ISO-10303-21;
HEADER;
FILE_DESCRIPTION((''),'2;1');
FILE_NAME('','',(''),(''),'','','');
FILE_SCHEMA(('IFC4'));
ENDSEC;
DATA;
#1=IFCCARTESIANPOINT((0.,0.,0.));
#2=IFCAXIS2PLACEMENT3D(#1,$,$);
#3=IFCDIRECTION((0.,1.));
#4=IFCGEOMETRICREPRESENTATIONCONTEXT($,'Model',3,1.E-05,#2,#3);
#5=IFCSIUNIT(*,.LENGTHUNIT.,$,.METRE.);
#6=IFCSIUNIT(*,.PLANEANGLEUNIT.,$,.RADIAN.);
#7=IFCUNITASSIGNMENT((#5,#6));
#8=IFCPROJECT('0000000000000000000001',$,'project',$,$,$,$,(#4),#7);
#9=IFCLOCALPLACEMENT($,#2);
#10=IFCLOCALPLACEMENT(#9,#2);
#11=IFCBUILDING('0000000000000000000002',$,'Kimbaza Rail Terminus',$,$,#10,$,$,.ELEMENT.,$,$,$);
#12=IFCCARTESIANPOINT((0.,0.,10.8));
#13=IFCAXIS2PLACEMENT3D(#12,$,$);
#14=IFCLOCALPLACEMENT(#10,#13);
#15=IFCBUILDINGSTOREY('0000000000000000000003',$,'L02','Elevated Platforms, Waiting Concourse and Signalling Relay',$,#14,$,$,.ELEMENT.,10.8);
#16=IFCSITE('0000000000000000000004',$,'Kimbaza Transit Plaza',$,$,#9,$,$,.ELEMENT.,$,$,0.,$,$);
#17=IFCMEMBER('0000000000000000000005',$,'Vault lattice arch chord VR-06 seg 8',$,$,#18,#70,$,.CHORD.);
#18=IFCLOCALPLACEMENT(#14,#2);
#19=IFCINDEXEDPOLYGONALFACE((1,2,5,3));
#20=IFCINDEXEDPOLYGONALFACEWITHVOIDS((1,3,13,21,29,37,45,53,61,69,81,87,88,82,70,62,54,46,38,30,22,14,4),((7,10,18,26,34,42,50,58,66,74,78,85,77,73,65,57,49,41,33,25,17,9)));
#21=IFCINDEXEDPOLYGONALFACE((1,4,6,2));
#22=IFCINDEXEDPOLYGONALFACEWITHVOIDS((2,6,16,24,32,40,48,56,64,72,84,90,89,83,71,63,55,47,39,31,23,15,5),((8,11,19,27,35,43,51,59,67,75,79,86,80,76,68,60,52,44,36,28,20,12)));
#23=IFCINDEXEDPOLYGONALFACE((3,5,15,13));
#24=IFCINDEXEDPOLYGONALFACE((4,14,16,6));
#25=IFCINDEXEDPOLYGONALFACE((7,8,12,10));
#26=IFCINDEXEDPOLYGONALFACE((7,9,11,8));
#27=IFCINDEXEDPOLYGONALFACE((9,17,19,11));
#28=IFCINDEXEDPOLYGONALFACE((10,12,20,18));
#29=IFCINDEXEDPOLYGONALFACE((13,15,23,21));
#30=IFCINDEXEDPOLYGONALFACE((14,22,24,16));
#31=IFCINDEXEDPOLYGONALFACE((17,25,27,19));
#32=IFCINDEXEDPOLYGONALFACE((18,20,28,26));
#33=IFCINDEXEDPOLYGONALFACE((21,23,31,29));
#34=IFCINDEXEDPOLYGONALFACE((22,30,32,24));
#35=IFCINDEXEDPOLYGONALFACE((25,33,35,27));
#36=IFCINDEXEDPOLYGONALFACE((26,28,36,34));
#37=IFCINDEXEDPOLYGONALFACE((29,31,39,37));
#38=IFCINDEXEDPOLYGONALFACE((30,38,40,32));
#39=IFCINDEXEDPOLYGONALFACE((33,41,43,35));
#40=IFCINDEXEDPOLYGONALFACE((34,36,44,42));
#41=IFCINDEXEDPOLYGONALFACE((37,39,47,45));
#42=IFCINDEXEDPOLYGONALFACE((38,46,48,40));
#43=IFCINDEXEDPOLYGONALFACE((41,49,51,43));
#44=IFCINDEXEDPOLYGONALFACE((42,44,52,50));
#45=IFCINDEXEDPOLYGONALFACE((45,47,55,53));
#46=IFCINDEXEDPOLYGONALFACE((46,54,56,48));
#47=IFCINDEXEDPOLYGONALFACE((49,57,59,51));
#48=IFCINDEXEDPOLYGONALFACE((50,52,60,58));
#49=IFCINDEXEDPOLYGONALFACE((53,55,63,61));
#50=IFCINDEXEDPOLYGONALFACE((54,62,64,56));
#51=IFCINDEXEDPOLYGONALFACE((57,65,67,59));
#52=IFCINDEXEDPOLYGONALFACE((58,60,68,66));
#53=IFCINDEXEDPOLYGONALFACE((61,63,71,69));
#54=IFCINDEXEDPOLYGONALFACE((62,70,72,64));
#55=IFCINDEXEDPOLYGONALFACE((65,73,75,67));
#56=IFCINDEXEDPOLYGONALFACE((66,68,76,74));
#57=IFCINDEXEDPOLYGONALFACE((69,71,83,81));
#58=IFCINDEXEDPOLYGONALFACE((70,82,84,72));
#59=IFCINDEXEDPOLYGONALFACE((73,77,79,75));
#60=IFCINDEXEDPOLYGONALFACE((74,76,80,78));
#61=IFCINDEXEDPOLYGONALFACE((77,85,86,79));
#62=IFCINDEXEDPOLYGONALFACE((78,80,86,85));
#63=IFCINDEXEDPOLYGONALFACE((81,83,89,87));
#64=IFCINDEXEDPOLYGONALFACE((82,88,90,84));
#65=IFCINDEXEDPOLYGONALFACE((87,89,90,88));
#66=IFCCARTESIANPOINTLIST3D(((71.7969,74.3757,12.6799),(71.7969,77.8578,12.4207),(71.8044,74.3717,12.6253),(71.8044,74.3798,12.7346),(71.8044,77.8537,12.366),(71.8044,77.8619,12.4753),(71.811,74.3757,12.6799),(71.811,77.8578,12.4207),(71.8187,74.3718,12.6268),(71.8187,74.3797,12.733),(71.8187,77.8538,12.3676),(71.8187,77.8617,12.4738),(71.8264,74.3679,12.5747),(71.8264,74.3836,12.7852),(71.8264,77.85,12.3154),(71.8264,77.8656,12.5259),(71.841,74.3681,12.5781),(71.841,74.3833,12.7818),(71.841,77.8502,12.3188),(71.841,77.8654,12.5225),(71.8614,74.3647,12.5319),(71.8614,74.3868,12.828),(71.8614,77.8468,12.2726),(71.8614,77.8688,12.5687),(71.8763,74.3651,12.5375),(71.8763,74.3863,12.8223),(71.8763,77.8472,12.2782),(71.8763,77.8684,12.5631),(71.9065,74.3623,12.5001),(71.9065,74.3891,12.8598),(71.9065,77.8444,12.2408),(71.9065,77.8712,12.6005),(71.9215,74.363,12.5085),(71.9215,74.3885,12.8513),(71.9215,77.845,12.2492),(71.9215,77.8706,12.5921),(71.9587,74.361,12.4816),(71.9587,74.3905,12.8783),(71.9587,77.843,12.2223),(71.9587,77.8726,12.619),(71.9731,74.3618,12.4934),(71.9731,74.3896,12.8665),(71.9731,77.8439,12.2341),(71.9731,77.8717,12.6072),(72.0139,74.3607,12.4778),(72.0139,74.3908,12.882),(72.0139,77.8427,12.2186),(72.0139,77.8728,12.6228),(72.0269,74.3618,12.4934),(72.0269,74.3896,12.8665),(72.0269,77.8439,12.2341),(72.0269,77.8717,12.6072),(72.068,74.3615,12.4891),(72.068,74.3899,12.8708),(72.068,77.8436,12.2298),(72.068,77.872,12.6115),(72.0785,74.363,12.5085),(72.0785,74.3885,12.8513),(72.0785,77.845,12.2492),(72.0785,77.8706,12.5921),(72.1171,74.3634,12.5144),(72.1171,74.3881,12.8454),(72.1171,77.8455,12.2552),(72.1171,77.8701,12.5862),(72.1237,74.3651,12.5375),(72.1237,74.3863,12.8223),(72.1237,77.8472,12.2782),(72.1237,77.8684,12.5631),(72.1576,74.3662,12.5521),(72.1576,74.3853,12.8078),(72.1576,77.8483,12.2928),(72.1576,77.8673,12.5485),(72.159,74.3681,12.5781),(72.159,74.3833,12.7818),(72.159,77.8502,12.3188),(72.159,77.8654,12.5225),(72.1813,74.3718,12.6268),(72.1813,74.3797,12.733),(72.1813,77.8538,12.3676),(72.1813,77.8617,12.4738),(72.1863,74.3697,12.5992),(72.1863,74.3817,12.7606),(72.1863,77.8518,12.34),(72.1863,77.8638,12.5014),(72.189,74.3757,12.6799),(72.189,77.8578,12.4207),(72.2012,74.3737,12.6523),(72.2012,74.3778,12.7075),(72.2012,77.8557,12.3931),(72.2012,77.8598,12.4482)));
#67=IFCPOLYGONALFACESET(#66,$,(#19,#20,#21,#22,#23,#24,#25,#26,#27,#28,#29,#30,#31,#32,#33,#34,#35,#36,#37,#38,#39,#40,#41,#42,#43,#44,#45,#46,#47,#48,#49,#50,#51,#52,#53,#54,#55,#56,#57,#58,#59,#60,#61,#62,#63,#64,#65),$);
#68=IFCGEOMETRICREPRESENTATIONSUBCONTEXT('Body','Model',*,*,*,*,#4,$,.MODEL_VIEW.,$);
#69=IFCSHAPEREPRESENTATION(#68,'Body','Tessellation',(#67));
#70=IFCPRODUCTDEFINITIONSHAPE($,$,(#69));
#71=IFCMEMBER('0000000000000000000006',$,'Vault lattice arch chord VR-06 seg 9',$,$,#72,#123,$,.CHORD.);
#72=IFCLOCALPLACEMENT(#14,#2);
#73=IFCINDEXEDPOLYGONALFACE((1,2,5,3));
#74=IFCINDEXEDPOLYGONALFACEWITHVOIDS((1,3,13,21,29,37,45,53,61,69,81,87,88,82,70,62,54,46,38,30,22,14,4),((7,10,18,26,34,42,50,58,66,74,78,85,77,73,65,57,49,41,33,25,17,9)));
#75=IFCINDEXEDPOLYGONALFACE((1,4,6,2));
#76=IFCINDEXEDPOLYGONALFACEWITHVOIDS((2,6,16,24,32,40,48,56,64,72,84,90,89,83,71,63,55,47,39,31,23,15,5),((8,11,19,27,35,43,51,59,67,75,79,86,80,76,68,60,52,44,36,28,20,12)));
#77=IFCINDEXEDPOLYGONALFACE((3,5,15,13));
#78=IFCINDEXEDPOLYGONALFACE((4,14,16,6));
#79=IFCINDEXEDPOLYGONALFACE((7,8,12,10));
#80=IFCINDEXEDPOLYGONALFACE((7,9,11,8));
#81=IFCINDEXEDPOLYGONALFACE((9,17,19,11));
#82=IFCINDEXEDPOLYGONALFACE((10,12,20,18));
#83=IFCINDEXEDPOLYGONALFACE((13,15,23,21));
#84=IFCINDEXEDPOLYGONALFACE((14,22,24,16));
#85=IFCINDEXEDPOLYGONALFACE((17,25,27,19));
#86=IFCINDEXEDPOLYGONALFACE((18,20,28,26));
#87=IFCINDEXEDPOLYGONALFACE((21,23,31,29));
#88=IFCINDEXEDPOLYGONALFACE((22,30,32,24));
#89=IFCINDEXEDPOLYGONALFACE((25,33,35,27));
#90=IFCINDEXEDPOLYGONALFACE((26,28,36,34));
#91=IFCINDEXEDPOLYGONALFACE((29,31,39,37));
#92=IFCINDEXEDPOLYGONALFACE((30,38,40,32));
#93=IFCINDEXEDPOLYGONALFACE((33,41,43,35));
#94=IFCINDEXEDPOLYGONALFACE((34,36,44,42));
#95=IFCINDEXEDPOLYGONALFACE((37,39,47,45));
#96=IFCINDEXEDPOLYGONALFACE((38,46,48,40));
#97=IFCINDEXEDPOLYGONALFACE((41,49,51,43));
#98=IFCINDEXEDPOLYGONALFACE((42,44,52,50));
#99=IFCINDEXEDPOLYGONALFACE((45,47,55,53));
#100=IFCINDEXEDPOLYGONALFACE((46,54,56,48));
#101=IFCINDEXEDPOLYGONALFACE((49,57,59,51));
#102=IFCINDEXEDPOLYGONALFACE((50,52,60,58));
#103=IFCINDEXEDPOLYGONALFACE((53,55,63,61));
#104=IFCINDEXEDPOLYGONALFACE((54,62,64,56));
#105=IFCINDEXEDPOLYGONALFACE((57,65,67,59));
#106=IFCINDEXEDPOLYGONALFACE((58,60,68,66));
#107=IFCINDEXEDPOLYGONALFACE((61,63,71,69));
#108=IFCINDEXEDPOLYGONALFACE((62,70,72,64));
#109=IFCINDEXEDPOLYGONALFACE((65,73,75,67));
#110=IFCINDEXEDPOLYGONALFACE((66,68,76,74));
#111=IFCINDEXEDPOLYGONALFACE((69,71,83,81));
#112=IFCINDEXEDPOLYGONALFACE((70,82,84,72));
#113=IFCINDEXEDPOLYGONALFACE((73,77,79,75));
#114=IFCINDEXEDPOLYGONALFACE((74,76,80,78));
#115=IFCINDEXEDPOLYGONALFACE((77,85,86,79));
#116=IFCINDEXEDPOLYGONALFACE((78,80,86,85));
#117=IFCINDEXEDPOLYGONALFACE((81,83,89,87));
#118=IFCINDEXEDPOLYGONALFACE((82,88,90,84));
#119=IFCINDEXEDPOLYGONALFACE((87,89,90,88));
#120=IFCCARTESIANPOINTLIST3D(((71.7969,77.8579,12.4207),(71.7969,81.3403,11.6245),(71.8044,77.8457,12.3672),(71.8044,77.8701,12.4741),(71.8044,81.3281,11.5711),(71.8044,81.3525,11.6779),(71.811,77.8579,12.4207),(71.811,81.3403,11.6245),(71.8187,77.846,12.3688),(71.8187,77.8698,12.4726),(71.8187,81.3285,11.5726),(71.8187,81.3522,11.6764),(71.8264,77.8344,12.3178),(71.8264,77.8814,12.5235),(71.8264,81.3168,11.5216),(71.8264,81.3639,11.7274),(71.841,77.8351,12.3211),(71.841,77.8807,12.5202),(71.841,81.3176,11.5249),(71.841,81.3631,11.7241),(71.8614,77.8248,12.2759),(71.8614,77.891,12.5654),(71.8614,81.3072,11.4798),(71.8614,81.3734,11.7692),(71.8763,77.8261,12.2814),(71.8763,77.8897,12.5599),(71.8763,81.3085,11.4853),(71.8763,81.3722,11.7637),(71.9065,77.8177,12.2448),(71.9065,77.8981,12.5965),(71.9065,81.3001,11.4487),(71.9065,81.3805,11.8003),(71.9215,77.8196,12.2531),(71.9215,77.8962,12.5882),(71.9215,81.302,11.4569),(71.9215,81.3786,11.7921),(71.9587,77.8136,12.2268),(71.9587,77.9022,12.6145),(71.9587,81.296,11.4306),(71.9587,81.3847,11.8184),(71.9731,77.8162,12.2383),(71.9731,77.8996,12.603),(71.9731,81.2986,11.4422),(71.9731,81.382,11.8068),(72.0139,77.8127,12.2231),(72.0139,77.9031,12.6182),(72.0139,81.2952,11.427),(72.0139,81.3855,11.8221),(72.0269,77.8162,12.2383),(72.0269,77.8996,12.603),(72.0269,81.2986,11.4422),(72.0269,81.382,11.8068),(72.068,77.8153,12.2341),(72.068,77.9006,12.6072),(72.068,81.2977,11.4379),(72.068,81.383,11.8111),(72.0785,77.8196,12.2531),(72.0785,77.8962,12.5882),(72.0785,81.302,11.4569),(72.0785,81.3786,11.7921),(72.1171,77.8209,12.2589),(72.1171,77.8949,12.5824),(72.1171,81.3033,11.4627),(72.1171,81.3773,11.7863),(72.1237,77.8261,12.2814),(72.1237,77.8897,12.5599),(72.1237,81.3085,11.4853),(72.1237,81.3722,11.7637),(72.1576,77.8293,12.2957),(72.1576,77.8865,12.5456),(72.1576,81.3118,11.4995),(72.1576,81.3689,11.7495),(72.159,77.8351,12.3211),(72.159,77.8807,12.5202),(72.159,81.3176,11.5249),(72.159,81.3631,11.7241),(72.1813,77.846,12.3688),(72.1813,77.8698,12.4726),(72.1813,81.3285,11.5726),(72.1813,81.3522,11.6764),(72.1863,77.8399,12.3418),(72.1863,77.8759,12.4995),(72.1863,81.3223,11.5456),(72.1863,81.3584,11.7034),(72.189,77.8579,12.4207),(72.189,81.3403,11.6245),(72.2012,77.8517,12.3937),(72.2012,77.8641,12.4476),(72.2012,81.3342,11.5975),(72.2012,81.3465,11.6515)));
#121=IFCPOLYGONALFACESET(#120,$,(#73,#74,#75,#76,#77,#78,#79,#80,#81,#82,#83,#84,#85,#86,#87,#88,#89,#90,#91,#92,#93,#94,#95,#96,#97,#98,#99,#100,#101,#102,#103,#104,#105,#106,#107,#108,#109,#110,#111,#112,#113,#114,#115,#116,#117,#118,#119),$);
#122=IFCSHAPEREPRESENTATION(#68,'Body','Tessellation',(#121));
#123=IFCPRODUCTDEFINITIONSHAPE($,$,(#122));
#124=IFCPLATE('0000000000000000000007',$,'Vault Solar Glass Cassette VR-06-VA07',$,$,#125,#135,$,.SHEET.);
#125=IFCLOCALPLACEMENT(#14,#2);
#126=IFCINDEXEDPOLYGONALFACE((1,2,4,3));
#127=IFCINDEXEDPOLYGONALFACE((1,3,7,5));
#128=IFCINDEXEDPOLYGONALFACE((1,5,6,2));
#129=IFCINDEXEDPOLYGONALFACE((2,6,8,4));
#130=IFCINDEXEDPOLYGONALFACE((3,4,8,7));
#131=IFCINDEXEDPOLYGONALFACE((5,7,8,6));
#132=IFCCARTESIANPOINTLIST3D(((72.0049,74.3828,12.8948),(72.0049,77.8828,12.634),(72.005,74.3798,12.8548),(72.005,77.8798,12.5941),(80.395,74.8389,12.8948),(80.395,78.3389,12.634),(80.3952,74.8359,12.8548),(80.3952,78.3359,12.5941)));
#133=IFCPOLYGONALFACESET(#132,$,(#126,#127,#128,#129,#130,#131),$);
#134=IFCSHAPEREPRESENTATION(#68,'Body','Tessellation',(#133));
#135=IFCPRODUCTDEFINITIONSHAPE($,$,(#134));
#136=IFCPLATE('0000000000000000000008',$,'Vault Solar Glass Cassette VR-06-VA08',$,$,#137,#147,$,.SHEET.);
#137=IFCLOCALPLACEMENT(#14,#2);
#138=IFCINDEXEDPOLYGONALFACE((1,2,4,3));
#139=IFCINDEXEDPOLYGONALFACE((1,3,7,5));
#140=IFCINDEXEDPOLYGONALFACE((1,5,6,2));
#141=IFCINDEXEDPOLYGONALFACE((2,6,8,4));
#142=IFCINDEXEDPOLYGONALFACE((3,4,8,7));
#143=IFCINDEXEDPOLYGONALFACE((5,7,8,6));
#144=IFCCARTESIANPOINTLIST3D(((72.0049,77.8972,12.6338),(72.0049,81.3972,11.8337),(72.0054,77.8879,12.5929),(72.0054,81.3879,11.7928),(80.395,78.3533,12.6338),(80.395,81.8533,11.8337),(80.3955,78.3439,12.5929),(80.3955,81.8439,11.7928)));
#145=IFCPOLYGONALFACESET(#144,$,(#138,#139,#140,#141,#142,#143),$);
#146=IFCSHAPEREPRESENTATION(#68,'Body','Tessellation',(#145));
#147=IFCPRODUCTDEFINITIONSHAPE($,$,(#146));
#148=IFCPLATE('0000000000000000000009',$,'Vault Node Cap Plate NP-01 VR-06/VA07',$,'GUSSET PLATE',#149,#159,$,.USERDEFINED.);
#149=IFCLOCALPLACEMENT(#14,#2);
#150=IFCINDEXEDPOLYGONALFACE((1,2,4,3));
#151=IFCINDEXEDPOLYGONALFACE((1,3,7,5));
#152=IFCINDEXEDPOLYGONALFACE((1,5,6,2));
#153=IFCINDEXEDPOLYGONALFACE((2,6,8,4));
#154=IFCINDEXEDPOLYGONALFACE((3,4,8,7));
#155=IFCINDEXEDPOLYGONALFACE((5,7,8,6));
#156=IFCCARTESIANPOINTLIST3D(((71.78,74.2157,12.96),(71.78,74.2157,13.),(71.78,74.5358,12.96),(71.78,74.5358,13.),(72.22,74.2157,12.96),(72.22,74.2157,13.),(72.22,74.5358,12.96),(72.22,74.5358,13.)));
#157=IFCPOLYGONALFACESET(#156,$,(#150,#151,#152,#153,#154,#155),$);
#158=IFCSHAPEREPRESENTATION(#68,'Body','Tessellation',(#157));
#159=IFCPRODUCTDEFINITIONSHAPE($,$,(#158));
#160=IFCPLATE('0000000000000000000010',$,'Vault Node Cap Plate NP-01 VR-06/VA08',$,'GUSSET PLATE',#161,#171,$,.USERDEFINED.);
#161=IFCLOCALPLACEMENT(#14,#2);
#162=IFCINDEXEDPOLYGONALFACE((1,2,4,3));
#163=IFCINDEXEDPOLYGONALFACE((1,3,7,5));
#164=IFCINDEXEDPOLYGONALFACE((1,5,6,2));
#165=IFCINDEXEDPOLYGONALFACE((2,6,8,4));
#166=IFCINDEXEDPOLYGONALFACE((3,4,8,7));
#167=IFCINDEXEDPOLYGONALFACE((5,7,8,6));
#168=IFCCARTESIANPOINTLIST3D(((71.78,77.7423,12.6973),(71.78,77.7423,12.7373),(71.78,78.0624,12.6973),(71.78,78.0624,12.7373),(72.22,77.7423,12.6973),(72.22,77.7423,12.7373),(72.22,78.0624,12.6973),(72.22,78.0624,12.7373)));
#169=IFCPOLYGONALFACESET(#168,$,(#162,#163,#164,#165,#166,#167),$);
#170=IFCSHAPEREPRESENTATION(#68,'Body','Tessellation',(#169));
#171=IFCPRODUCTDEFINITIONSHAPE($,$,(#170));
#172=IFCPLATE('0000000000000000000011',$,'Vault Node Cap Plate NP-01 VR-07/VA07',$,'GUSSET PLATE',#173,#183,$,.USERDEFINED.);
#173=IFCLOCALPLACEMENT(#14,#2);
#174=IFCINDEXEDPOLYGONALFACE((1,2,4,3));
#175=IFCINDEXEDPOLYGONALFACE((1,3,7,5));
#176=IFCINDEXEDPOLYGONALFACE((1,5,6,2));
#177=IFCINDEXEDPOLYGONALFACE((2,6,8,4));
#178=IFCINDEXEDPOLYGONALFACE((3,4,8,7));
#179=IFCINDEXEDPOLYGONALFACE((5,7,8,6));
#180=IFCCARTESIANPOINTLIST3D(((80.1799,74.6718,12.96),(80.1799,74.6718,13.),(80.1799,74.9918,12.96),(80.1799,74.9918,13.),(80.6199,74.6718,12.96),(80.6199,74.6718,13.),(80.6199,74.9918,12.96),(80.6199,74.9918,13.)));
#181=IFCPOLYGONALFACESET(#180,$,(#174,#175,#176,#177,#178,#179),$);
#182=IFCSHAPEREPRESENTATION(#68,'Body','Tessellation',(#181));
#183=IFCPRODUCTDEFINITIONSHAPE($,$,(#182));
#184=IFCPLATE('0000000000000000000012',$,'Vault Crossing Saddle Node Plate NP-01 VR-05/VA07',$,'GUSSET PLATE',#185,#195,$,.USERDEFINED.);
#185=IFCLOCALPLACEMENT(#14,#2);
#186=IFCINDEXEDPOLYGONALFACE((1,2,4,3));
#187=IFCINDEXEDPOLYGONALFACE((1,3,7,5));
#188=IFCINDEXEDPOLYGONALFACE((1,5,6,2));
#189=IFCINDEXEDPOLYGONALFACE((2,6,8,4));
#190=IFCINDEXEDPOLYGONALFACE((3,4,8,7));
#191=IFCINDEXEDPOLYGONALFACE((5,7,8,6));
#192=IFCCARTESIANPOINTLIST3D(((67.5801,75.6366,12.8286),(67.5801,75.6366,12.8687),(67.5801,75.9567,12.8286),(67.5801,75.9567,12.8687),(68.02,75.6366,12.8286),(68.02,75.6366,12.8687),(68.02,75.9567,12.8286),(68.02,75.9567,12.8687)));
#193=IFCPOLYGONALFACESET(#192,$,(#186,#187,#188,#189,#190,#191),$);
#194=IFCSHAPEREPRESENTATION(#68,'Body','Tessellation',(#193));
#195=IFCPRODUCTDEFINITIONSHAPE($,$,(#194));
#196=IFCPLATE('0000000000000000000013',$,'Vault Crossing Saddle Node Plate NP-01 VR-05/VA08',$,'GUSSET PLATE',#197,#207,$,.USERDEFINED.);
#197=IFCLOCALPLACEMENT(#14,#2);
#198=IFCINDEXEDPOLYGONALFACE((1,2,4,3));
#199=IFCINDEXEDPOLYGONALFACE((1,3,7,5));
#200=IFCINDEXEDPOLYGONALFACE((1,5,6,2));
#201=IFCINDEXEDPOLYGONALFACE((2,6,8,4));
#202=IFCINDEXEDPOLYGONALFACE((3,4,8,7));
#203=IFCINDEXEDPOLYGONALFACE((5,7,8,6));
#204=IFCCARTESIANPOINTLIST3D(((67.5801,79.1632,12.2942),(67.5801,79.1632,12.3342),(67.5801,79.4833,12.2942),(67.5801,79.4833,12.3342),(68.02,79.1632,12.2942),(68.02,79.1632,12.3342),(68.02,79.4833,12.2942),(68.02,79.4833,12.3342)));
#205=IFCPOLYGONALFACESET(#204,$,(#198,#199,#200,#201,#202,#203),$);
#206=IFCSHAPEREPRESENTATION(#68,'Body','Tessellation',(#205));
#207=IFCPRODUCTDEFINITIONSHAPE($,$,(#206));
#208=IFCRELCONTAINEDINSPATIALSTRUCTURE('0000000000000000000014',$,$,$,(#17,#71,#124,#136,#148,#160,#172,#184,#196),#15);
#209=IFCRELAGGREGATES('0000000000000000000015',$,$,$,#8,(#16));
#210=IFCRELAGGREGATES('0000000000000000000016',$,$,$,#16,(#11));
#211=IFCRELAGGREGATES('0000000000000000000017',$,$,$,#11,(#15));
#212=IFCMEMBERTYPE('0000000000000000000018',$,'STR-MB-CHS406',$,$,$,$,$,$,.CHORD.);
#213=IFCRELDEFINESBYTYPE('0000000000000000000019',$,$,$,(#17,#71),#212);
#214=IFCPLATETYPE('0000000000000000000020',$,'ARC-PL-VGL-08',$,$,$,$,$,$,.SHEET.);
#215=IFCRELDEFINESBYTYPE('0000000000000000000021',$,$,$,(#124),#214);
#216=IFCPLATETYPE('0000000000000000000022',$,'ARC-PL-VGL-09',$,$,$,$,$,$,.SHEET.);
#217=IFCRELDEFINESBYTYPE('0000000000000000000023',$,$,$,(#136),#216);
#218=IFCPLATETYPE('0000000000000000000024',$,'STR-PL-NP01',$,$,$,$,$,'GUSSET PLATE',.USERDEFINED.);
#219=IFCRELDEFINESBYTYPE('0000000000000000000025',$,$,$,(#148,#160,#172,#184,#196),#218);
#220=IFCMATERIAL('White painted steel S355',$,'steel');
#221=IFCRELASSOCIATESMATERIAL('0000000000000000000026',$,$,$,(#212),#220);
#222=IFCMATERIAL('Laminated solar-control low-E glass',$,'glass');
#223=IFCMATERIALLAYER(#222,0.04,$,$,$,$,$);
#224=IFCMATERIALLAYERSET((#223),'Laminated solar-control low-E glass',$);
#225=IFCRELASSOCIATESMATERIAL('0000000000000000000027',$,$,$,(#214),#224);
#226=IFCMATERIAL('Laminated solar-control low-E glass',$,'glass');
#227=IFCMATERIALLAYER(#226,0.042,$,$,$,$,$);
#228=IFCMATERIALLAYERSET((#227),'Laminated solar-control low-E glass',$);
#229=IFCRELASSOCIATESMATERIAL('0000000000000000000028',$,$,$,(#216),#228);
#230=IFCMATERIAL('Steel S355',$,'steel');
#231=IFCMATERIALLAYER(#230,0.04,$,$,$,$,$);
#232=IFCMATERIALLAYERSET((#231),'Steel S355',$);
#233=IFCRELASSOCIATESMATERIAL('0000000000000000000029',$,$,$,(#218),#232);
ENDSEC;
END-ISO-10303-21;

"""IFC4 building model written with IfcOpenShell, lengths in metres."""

from ifc_helpers import new_model, si_unit, direction, frame, origin, origin_2d, place, context, subcontext, project, spatial, polyline, rectangle, hollow_circle, outline, extrude, material, layer, layer_set, material_profile, profile_set, type_object, element, save


model = new_model("IFC4")

# Units and contexts
model_context = context("Model", 3, precision=1e-05, world=origin(), true_north=direction((0.0, 1.0)))
body_context = subcontext(model_context, "Body", "Model", "MODEL_VIEW")
ifc_project = project(units=[si_unit("LENGTHUNIT", "METRE"), si_unit("PLANEANGLEUNIT", "RADIAN")], contexts=[model_context])

# Site, building, storey
site_placement = place(None, origin())
site = spatial("IfcSite", under=ifc_project, at=site_placement, Name="Kimbaza Transit Plaza", CompositionType="ELEMENT", RefElevation=0.0)
building_placement = place(site_placement, origin())
building = spatial("IfcBuilding", under=site, at=building_placement, Name="Kimbaza Rail Terminus", CompositionType="ELEMENT")
storey_placement = place(building_placement, frame((0.0, 0.0, 10.8)))
storey = spatial("IfcBuildingStorey", under=building, at=storey_placement, Name="L02", Description="Elevated Platforms, Waiting Concourse and Signalling Relay", CompositionType="ELEMENT", Elevation=10.8)

# Members
ifc_material_1 = material(Name="White painted steel S355", Category="steel")
ifc_material_profile_1 = material_profile(ifc_material_1, hollow_circle(Radius=0.2031, WallThickness=0.0142, at=origin_2d()), Name="CHS 406.4x14.2")
ifc_profile_set_1 = profile_set([ifc_material_profile_1], Name="White painted steel S355")
member_type_1 = type_object("IfcMemberType", Name="STR-MB-CHS406", PredefinedType="CHORD", material=ifc_profile_set_1)
member_1_placement = place(storey_placement, frame((72.0, 74.3757, 12.6799), z_axis=(0.0, 0.997239, -0.074253), x_axis=(-1.0, 0.0, 0.0)))
element("IfcMember", 1, at=member_1_placement, inside=storey, type_object=member_type_1, Name="Vault lattice arch chord VR-06 seg 8", PredefinedType="CHORD", context=body_context, shape_type="SweptSolid", body=[
    extrude(hollow_circle(Radius=0.2031, WallThickness=0.0142, at=origin_2d()), origin(), (0.0, 0.0, 1.0), 3.4917),
])
member_2_placement = place(storey_placement, frame((72.0, 77.8579, 12.4207), z_axis=(0.0, 0.974849, -0.222867), x_axis=(-1.0, 0.0, 0.0)))
element("IfcMember", 2, at=member_2_placement, inside=storey, type_object=member_type_1, Name="Vault lattice arch chord VR-06 seg 9", PredefinedType="CHORD", context=body_context, shape_type="SweptSolid", body=[
    extrude(hollow_circle(Radius=0.2031, WallThickness=0.0142, at=origin_2d()), origin(), (0.0, 0.0, 1.0), 3.5723),
])

# Plates
ifc_material_2 = material(Name="Laminated solar-control low-E glass", Category="glass")
ifc_layer_1 = layer(ifc_material_2, 0.04)
ifc_layer_set_1 = layer_set([ifc_layer_1], Name="Laminated solar-control low-E glass")
plate_type_1 = type_object("IfcPlateType", Name="ARC-PL-VGL-08", PredefinedType="SHEET", material=ifc_layer_set_1)
plate_1_placement = place(storey_placement, frame((72.0049, 74.3828, 12.8948), z_axis=(-0.004038, 0.074291, 0.997228), x_axis=(0.998526, 0.054276, 0.0)))
element("IfcPlate", 3, at=plate_1_placement, inside=storey, type_object=plate_type_1, Name="Vault Solar Glass Cassette VR-06-VA07", PredefinedType="SHEET", context=body_context, shape_type="SweptSolid", body=[
    extrude(outline(polyline([(0.0, 0.0), (8.4025, 0.0), (8.5925, 3.5046), (0.19, 3.5046), (0.0, 0.0)])), origin(), (0.0, 0.0, -1.0), 0.04),
])
ifc_material_3 = material(Name="Laminated solar-control low-E glass", Category="glass")
ifc_layer_2 = layer(ifc_material_3, 0.042)
ifc_layer_set_2 = layer_set([ifc_layer_2], Name="Laminated solar-control low-E glass")
plate_type_2 = type_object("IfcPlateType", Name="ARC-PL-VGL-09", PredefinedType="SHEET", material=ifc_layer_set_2)
plate_2_placement = place(storey_placement, frame((72.0049, 77.8972, 12.6338), z_axis=(-0.012112, 0.222821, 0.974784), x_axis=(0.998526, 0.054276, 0.0)))
element("IfcPlate", 4, at=plate_2_placement, inside=storey, type_object=plate_type_2, Name="Vault Solar Glass Cassette VR-06-VA08", PredefinedType="SHEET", context=body_context, shape_type="SweptSolid", body=[
    extrude(outline(polyline([(0.0, 0.0), (8.4025, 0.0), (8.5925, 3.5852), (0.19, 3.5852), (0.0, 0.0)])), origin(), (0.0, 0.0, -1.0), 0.042),
])
ifc_material_4 = material(Name="Steel S355", Category="steel")
ifc_layer_3 = layer(ifc_material_4, 0.04)
ifc_layer_set_3 = layer_set([ifc_layer_3], Name="Steel S355")
plate_type_3 = type_object("IfcPlateType", Name="STR-PL-NP01", ElementType="GUSSET PLATE", PredefinedType="USERDEFINED", material=ifc_layer_set_3)
for number, where, z_axis, x_axis, name in (
    (5, (72.0, 74.3757, 12.96), (0.0, 0.0, 1.0), (1.0, 0.0, 0.0), "Vault Node Cap Plate NP-01 VR-06/VA07"),
    (6, (72.0, 77.9023, 12.6973), (0.0, 0.0, 1.0), (1.0, 0.0, 0.0), "Vault Node Cap Plate NP-01 VR-06/VA08"),
    (7, (80.3999, 74.8318, 12.96), (0.0, 0.0, 1.0), (1.0, 0.0, 0.0), "Vault Node Cap Plate NP-01 VR-07/VA07"),
    (8, (67.8, 75.7966, 12.8286), (0.0, 0.0, 1.0), (1.0, 0.0, 0.0), "Vault Crossing Saddle Node Plate NP-01 VR-05/VA07"),
    (9, (67.8, 79.3232, 12.2942), (0.0, 0.0, 1.0), (1.0, 0.0, 0.0), "Vault Crossing Saddle Node Plate NP-01 VR-05/VA08"),
):
    element("IfcPlate", number, at=place(storey_placement, frame(where, z_axis=z_axis, x_axis=x_axis)), inside=storey, type_object=plate_type_3, Name=name, ObjectType="GUSSET PLATE", PredefinedType="USERDEFINED", context=body_context, shape_type="SweptSolid", body=[
        extrude(rectangle(XDim=0.4399, YDim=0.3201, at=origin_2d()), origin(), (0.0, 0.0, 1.0), 0.04),
    ])

save(model, "model.ifc")
